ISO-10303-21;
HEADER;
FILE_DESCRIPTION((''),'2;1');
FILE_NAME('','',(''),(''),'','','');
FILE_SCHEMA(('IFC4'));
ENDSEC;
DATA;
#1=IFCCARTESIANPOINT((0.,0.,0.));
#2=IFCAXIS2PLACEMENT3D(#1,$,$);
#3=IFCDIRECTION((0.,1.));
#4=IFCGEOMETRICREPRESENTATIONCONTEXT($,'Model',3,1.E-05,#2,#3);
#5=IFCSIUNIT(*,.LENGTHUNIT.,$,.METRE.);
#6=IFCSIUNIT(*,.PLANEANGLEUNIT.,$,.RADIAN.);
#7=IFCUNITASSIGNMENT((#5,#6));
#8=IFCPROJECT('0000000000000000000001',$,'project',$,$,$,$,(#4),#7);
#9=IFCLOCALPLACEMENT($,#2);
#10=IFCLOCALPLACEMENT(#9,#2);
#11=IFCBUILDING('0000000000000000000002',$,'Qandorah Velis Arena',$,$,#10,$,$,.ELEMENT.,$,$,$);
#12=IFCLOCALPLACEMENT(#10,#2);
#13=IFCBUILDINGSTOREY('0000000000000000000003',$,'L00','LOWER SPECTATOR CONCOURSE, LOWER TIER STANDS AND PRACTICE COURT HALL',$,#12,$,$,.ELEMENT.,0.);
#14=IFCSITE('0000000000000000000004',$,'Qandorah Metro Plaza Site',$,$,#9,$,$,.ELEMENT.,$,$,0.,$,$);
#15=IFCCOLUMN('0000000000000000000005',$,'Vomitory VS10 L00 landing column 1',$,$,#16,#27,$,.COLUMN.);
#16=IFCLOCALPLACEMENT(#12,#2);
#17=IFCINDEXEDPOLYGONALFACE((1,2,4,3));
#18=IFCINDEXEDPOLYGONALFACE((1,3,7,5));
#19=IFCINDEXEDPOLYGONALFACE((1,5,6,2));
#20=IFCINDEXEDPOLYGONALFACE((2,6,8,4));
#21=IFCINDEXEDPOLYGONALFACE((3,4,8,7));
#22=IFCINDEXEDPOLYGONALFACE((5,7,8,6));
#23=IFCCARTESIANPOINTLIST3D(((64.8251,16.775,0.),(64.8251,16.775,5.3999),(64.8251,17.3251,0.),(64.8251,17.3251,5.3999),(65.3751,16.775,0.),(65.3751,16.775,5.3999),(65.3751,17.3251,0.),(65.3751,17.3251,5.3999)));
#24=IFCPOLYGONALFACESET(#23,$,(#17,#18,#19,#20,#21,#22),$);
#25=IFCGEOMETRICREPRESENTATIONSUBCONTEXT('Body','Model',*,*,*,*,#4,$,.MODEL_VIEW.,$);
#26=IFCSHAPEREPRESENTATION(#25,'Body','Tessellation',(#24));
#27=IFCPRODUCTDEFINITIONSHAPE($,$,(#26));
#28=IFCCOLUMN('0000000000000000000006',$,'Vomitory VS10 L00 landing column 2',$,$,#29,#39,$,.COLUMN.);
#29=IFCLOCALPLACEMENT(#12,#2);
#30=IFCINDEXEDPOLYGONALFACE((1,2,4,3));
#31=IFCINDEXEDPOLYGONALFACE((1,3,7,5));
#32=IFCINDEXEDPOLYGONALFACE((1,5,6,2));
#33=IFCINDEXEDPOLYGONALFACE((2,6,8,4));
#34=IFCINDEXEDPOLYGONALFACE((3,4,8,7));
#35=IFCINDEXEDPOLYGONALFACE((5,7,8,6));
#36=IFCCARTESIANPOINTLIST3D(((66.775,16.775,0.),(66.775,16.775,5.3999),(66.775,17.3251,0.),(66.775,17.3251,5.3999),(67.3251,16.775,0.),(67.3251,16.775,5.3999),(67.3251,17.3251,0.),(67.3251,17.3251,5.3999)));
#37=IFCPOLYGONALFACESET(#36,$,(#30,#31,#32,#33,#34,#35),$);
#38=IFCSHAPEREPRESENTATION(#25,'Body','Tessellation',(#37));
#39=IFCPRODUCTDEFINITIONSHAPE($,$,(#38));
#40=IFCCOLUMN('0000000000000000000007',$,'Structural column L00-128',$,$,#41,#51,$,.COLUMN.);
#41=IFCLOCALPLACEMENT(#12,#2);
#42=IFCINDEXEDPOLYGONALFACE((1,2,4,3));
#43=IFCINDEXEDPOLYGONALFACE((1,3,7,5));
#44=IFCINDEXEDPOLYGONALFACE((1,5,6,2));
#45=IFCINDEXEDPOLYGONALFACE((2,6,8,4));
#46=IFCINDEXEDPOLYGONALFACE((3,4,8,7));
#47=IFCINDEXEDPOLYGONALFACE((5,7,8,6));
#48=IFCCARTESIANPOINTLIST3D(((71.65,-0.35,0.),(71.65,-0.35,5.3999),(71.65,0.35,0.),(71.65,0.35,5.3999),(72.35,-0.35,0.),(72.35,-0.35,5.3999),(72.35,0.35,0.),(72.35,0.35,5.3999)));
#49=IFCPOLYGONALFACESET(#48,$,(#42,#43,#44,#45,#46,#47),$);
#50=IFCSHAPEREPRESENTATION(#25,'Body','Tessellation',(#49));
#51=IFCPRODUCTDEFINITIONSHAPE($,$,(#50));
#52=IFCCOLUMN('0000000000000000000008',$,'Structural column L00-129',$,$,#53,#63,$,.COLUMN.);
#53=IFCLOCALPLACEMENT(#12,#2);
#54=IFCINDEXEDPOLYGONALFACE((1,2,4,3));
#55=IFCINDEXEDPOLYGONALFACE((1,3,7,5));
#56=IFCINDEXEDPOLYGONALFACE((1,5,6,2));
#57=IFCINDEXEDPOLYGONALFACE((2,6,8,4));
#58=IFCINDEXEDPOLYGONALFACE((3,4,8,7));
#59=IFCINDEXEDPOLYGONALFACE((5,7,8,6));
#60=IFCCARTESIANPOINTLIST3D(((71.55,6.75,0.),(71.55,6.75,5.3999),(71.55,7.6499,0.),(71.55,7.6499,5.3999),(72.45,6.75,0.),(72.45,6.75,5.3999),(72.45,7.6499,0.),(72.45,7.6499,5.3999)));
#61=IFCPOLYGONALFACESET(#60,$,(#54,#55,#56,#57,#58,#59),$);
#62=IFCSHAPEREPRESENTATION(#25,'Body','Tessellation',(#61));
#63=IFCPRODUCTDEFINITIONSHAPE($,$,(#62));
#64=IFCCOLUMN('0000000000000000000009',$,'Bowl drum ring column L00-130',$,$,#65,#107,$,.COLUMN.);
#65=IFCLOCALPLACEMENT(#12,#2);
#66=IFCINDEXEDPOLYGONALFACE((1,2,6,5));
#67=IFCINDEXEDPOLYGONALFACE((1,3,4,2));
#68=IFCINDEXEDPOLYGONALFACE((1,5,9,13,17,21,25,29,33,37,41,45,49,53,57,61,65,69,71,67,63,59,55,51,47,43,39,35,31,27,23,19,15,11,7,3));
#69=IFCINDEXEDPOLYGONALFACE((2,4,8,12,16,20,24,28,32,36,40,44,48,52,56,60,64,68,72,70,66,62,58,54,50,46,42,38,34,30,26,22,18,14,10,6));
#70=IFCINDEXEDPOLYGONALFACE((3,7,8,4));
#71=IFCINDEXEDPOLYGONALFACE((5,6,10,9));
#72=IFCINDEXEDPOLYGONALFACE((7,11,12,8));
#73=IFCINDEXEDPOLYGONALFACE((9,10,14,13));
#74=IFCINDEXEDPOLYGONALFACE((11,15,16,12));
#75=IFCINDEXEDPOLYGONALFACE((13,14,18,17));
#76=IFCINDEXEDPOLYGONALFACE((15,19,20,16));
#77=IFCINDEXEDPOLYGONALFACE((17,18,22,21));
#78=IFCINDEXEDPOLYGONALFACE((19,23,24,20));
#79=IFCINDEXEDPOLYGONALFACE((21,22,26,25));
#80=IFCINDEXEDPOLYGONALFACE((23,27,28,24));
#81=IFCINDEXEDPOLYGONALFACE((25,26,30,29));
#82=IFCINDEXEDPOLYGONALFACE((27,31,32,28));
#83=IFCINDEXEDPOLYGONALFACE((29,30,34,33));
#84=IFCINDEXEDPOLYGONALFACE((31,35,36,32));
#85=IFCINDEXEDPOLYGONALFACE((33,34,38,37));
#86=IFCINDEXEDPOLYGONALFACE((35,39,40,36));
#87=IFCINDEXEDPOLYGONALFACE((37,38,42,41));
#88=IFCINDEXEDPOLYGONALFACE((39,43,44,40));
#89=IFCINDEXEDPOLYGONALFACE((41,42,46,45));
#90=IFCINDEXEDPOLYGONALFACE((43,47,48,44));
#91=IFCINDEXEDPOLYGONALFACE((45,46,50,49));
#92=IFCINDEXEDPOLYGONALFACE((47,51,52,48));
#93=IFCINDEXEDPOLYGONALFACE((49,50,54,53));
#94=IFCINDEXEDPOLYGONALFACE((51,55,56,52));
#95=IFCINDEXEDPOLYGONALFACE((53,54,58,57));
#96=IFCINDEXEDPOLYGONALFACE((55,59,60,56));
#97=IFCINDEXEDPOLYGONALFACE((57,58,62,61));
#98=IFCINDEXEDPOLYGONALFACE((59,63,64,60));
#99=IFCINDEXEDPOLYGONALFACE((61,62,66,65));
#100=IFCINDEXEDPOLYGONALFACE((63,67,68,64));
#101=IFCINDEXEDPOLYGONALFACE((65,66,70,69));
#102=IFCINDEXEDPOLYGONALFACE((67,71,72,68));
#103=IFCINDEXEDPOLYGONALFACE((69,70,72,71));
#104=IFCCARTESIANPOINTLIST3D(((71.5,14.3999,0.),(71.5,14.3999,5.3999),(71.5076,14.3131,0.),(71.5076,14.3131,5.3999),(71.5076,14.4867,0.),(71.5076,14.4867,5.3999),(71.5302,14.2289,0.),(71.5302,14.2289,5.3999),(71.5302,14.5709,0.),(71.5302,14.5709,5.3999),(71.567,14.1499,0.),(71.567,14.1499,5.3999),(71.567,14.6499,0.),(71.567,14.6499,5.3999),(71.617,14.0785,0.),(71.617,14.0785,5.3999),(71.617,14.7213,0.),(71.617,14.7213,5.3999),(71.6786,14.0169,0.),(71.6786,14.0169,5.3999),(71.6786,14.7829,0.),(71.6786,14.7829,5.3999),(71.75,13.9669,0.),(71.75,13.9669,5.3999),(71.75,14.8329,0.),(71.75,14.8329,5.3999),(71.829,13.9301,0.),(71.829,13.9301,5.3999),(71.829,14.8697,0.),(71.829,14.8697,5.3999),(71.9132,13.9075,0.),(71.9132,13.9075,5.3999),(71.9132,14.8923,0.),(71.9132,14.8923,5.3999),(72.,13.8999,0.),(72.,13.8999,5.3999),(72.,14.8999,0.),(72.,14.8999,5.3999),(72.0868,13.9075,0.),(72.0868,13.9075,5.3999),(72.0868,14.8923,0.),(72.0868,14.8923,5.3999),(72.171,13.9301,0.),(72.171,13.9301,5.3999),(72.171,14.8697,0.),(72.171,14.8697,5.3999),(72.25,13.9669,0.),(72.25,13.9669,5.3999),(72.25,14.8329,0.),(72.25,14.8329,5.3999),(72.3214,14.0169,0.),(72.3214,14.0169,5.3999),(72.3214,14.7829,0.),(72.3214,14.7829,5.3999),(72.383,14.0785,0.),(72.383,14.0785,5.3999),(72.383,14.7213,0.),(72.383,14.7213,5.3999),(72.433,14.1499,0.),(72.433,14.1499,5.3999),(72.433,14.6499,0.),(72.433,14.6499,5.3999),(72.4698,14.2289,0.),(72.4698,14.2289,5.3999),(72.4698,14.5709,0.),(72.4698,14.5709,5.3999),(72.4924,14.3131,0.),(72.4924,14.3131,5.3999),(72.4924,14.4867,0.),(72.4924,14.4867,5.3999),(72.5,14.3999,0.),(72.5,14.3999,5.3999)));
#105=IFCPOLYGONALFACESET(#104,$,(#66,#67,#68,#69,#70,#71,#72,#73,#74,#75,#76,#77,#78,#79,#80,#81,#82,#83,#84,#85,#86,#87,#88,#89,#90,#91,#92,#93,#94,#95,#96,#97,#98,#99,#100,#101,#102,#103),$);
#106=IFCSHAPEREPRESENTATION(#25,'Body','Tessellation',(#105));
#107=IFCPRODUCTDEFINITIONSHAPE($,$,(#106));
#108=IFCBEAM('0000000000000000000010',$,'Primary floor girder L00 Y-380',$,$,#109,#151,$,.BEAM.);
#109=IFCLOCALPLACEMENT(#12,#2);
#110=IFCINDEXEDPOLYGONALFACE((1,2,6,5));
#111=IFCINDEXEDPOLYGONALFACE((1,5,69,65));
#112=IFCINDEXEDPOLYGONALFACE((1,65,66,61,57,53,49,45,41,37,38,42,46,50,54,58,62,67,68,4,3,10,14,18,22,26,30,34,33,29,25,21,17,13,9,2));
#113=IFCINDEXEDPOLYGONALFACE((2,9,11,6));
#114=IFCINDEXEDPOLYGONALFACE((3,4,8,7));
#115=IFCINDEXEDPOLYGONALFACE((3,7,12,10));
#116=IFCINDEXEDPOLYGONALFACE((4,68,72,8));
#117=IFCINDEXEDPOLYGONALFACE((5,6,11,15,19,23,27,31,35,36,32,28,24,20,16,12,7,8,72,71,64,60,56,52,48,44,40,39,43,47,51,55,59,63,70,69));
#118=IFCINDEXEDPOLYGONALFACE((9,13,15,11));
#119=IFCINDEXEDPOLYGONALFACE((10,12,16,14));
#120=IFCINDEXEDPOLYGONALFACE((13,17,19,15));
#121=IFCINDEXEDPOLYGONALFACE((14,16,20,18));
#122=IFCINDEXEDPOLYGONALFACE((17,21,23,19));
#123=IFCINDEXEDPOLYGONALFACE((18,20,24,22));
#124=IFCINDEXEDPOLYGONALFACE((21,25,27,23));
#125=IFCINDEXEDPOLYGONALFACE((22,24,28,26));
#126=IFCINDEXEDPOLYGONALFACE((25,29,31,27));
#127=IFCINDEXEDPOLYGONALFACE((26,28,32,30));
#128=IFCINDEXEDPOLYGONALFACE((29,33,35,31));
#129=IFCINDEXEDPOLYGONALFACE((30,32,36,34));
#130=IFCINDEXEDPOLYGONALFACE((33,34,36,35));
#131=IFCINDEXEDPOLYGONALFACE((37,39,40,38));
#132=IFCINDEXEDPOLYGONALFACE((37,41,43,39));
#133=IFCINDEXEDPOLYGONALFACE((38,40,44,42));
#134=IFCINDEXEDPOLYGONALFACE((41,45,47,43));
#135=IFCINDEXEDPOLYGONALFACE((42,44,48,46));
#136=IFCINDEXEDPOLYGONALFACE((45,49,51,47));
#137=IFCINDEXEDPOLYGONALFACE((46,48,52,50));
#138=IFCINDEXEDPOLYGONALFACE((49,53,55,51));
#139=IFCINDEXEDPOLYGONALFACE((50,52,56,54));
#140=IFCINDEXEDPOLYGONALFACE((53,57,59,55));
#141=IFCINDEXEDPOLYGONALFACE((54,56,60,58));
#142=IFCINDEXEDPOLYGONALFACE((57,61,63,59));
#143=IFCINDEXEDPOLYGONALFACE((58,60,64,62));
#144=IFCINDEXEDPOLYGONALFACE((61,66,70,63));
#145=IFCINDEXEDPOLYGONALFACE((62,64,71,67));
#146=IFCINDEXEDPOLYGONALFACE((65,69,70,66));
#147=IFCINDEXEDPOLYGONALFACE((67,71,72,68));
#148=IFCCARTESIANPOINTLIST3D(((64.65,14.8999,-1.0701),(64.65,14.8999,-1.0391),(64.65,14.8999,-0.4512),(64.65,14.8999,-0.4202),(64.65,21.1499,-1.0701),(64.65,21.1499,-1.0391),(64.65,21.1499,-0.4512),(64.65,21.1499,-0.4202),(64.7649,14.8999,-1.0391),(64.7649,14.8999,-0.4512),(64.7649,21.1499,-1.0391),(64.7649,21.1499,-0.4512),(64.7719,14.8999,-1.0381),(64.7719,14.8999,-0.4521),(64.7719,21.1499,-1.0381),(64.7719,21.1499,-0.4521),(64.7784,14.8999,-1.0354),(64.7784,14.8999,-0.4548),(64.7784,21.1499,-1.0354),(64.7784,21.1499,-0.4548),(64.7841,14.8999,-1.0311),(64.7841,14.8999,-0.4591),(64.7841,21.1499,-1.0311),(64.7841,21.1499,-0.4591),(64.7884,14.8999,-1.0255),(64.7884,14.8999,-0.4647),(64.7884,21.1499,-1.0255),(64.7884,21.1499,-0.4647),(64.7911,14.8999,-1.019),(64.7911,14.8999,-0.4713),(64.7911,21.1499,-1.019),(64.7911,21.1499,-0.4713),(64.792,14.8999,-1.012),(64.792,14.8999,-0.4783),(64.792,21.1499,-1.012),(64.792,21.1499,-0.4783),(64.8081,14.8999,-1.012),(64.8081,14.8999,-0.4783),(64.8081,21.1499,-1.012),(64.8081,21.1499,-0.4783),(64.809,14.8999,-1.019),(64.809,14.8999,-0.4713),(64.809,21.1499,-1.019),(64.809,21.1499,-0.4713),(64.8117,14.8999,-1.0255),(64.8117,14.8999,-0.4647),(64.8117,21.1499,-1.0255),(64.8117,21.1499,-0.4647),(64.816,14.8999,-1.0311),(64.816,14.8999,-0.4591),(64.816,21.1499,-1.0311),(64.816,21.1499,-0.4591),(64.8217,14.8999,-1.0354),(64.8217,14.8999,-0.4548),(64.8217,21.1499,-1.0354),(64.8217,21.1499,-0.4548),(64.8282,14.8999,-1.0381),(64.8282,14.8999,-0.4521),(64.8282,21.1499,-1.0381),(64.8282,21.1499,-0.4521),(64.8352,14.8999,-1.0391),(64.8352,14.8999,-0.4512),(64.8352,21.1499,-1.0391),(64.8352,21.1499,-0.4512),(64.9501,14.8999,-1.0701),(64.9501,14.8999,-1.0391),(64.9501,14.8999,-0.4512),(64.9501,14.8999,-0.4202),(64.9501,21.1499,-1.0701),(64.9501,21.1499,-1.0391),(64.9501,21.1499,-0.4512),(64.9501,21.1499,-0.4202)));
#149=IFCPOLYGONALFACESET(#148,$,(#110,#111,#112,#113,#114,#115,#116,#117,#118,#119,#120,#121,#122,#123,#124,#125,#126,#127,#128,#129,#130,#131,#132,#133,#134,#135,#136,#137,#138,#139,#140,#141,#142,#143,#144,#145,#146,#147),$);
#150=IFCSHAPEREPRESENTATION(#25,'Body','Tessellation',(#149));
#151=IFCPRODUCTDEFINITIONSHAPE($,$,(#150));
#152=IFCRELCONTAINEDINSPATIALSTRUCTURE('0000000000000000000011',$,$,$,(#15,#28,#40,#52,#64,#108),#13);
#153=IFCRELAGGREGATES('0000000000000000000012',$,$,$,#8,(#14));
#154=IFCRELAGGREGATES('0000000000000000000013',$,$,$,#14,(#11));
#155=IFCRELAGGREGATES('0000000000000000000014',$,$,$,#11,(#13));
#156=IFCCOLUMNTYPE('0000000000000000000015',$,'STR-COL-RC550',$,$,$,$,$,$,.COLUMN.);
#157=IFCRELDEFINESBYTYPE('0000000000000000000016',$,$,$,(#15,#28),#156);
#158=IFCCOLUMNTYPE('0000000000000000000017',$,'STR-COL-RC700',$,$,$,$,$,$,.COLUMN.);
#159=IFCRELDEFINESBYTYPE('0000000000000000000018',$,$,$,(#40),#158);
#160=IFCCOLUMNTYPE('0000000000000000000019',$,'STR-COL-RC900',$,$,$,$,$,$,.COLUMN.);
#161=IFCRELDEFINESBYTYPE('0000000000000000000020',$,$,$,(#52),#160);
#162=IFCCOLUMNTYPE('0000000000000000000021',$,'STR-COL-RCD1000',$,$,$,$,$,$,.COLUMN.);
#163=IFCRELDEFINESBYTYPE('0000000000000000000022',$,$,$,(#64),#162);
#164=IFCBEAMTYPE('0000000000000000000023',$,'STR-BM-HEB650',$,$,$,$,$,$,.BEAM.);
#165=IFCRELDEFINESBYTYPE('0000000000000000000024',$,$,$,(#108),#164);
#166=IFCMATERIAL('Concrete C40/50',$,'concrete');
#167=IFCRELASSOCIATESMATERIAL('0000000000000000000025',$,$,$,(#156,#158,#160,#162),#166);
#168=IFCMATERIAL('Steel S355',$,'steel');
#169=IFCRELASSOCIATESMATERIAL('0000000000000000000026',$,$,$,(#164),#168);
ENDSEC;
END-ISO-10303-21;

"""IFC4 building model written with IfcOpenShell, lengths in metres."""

from ifc_helpers import new_model, si_unit, direction, frame, origin, origin_2d, place, context, subcontext, project, spatial, rectangle, circle, i_section, extrude, material, material_profile, profile_set, type_object, element, save


model = new_model("IFC4")

# Units and contexts
model_context = context("Model", 3, precision=1e-05, world=origin(), true_north=direction((0.0, 1.0)))
body_context = subcontext(model_context, "Body", "Model", "MODEL_VIEW")
ifc_project = project(units=[si_unit("LENGTHUNIT", "METRE"), si_unit("PLANEANGLEUNIT", "RADIAN")], contexts=[model_context])

# Site, building, storey
site_placement = place(None, origin())
site = spatial("IfcSite", under=ifc_project, at=site_placement, Name="Qandorah Metro Plaza Site", CompositionType="ELEMENT", RefElevation=0.0)
building_placement = place(site_placement, origin())
building = spatial("IfcBuilding", under=site, at=building_placement, Name="Qandorah Velis Arena", CompositionType="ELEMENT")
storey_placement = place(building_placement, origin())
storey = spatial("IfcBuildingStorey", under=building, at=storey_placement, Name="L00", Description="LOWER SPECTATOR CONCOURSE, LOWER TIER STANDS AND PRACTICE COURT HALL", CompositionType="ELEMENT", Elevation=0.0)

# Columns
ifc_material_1 = material(Name="Concrete C40/50", Category="concrete")
ifc_material_profile_1 = material_profile(ifc_material_1, rectangle(XDim=0.55, YDim=0.55, at=origin_2d()), Name="RC COL 550x550")
ifc_profile_set_1 = profile_set([ifc_material_profile_1], Name="Concrete C40/50")
column_type_1 = type_object("IfcColumnType", Name="STR-COL-RC550", PredefinedType="COLUMN", material=ifc_profile_set_1)
for number, where, z_axis, x_axis, name in (
    (1, (65.1001, 17.05, 0.0), (0.0, 0.0, 1.0), (1.0, 0.0, 0.0), "Vomitory VS10 L00 landing column 1"),
    (2, (67.05, 17.05, 0.0), (0.0, 0.0, 1.0), (1.0, 0.0, 0.0), "Vomitory VS10 L00 landing column 2"),
):
    element("IfcColumn", number, at=place(storey_placement, frame(where, z_axis=z_axis, x_axis=x_axis)), inside=storey, type_object=column_type_1, Name=name, PredefinedType="COLUMN", context=body_context, shape_type="SweptSolid", body=[
        extrude(rectangle(XDim=0.55, YDim=0.55, at=origin_2d()), origin(), (0.0, 0.0, 1.0), 5.3999),
    ])
ifc_material_profile_2 = material_profile(ifc_material_1, rectangle(XDim=0.7, YDim=0.7, at=origin_2d()), Name="RC COL 700x700")
ifc_profile_set_2 = profile_set([ifc_material_profile_2], Name="Concrete C40/50")
column_type_2 = type_object("IfcColumnType", Name="STR-COL-RC700", PredefinedType="COLUMN", material=ifc_profile_set_2)
column_1_placement = place(storey_placement, frame((72.0, 0.0, 0.0), z_axis=(0.0, 0.0, 1.0), x_axis=(1.0, 0.0, 0.0)))
element("IfcColumn", 3, at=column_1_placement, inside=storey, type_object=column_type_2, Name="Structural column L00-128", PredefinedType="COLUMN", context=body_context, shape_type="SweptSolid", body=[
    extrude(rectangle(XDim=0.7, YDim=0.7, at=origin_2d()), origin(), (0.0, 0.0, 1.0), 5.3999),
])
ifc_material_profile_3 = material_profile(ifc_material_1, rectangle(XDim=0.8999, YDim=0.8999, at=origin_2d()), Name="RC COL 900x900")
ifc_profile_set_3 = profile_set([ifc_material_profile_3], Name="Concrete C40/50")
column_type_3 = type_object("IfcColumnType", Name="STR-COL-RC900", PredefinedType="COLUMN", material=ifc_profile_set_3)
column_2_placement = place(storey_placement, frame((72.0, 7.2, 0.0), z_axis=(0.0, 0.0, 1.0), x_axis=(1.0, 0.0, 0.0)))
element("IfcColumn", 4, at=column_2_placement, inside=storey, type_object=column_type_3, Name="Structural column L00-129", PredefinedType="COLUMN", context=body_context, shape_type="SweptSolid", body=[
    extrude(rectangle(XDim=0.8999, YDim=0.8999, at=origin_2d()), origin(), (0.0, 0.0, 1.0), 5.3999),
])
ifc_material_profile_4 = material_profile(ifc_material_1, circle(Radius=0.5, at=origin_2d()), Name="RC D1000")
ifc_profile_set_4 = profile_set([ifc_material_profile_4], Name="Concrete C40/50")
column_type_4 = type_object("IfcColumnType", Name="STR-COL-RCD1000", PredefinedType="COLUMN", material=ifc_profile_set_4)
column_3_placement = place(storey_placement, frame((72.0, 14.3999, 0.0), z_axis=(0.0, 0.0, 1.0), x_axis=(1.0, 0.0, 0.0)))
element("IfcColumn", 5, at=column_3_placement, inside=storey, type_object=column_type_4, Name="Bowl drum ring column L00-130", PredefinedType="COLUMN", context=body_context, shape_type="SweptSolid", body=[
    extrude(circle(Radius=0.5, at=origin_2d()), origin(), (0.0, 0.0, 1.0), 5.3999),
])

# Beam
ifc_material_2 = material(Name="Steel S355", Category="steel")
ifc_material_profile_5 = material_profile(ifc_material_2, i_section(OverallWidth=0.3, OverallDepth=0.6499, WebThickness=0.0161, FlangeThickness=0.031, FilletRadius=0.0271, at=origin_2d()), Name="HEB 650")
ifc_profile_set_5 = profile_set([ifc_material_profile_5], Name="Steel S355")
beam_type_1 = type_object("IfcBeamType", Name="STR-BM-HEB650", PredefinedType="BEAM", material=ifc_profile_set_5)
beam_1_placement = place(storey_placement, frame((64.8, 14.8999, -0.7451), z_axis=(0.0, 1.0, 0.0), x_axis=(-1.0, 0.0, 0.0)))
element("IfcBeam", 6, at=beam_1_placement, inside=storey, type_object=beam_type_1, Name="Primary floor girder L00 Y-380", PredefinedType="BEAM", context=body_context, shape_type="SweptSolid", body=[
    extrude(i_section(OverallWidth=0.3, OverallDepth=0.6499, WebThickness=0.0161, FlangeThickness=0.031, FilletRadius=0.0271, at=origin_2d()), origin(), (0.0, 0.0, 1.0), 6.25),
])

save(model, "model.ifc")
